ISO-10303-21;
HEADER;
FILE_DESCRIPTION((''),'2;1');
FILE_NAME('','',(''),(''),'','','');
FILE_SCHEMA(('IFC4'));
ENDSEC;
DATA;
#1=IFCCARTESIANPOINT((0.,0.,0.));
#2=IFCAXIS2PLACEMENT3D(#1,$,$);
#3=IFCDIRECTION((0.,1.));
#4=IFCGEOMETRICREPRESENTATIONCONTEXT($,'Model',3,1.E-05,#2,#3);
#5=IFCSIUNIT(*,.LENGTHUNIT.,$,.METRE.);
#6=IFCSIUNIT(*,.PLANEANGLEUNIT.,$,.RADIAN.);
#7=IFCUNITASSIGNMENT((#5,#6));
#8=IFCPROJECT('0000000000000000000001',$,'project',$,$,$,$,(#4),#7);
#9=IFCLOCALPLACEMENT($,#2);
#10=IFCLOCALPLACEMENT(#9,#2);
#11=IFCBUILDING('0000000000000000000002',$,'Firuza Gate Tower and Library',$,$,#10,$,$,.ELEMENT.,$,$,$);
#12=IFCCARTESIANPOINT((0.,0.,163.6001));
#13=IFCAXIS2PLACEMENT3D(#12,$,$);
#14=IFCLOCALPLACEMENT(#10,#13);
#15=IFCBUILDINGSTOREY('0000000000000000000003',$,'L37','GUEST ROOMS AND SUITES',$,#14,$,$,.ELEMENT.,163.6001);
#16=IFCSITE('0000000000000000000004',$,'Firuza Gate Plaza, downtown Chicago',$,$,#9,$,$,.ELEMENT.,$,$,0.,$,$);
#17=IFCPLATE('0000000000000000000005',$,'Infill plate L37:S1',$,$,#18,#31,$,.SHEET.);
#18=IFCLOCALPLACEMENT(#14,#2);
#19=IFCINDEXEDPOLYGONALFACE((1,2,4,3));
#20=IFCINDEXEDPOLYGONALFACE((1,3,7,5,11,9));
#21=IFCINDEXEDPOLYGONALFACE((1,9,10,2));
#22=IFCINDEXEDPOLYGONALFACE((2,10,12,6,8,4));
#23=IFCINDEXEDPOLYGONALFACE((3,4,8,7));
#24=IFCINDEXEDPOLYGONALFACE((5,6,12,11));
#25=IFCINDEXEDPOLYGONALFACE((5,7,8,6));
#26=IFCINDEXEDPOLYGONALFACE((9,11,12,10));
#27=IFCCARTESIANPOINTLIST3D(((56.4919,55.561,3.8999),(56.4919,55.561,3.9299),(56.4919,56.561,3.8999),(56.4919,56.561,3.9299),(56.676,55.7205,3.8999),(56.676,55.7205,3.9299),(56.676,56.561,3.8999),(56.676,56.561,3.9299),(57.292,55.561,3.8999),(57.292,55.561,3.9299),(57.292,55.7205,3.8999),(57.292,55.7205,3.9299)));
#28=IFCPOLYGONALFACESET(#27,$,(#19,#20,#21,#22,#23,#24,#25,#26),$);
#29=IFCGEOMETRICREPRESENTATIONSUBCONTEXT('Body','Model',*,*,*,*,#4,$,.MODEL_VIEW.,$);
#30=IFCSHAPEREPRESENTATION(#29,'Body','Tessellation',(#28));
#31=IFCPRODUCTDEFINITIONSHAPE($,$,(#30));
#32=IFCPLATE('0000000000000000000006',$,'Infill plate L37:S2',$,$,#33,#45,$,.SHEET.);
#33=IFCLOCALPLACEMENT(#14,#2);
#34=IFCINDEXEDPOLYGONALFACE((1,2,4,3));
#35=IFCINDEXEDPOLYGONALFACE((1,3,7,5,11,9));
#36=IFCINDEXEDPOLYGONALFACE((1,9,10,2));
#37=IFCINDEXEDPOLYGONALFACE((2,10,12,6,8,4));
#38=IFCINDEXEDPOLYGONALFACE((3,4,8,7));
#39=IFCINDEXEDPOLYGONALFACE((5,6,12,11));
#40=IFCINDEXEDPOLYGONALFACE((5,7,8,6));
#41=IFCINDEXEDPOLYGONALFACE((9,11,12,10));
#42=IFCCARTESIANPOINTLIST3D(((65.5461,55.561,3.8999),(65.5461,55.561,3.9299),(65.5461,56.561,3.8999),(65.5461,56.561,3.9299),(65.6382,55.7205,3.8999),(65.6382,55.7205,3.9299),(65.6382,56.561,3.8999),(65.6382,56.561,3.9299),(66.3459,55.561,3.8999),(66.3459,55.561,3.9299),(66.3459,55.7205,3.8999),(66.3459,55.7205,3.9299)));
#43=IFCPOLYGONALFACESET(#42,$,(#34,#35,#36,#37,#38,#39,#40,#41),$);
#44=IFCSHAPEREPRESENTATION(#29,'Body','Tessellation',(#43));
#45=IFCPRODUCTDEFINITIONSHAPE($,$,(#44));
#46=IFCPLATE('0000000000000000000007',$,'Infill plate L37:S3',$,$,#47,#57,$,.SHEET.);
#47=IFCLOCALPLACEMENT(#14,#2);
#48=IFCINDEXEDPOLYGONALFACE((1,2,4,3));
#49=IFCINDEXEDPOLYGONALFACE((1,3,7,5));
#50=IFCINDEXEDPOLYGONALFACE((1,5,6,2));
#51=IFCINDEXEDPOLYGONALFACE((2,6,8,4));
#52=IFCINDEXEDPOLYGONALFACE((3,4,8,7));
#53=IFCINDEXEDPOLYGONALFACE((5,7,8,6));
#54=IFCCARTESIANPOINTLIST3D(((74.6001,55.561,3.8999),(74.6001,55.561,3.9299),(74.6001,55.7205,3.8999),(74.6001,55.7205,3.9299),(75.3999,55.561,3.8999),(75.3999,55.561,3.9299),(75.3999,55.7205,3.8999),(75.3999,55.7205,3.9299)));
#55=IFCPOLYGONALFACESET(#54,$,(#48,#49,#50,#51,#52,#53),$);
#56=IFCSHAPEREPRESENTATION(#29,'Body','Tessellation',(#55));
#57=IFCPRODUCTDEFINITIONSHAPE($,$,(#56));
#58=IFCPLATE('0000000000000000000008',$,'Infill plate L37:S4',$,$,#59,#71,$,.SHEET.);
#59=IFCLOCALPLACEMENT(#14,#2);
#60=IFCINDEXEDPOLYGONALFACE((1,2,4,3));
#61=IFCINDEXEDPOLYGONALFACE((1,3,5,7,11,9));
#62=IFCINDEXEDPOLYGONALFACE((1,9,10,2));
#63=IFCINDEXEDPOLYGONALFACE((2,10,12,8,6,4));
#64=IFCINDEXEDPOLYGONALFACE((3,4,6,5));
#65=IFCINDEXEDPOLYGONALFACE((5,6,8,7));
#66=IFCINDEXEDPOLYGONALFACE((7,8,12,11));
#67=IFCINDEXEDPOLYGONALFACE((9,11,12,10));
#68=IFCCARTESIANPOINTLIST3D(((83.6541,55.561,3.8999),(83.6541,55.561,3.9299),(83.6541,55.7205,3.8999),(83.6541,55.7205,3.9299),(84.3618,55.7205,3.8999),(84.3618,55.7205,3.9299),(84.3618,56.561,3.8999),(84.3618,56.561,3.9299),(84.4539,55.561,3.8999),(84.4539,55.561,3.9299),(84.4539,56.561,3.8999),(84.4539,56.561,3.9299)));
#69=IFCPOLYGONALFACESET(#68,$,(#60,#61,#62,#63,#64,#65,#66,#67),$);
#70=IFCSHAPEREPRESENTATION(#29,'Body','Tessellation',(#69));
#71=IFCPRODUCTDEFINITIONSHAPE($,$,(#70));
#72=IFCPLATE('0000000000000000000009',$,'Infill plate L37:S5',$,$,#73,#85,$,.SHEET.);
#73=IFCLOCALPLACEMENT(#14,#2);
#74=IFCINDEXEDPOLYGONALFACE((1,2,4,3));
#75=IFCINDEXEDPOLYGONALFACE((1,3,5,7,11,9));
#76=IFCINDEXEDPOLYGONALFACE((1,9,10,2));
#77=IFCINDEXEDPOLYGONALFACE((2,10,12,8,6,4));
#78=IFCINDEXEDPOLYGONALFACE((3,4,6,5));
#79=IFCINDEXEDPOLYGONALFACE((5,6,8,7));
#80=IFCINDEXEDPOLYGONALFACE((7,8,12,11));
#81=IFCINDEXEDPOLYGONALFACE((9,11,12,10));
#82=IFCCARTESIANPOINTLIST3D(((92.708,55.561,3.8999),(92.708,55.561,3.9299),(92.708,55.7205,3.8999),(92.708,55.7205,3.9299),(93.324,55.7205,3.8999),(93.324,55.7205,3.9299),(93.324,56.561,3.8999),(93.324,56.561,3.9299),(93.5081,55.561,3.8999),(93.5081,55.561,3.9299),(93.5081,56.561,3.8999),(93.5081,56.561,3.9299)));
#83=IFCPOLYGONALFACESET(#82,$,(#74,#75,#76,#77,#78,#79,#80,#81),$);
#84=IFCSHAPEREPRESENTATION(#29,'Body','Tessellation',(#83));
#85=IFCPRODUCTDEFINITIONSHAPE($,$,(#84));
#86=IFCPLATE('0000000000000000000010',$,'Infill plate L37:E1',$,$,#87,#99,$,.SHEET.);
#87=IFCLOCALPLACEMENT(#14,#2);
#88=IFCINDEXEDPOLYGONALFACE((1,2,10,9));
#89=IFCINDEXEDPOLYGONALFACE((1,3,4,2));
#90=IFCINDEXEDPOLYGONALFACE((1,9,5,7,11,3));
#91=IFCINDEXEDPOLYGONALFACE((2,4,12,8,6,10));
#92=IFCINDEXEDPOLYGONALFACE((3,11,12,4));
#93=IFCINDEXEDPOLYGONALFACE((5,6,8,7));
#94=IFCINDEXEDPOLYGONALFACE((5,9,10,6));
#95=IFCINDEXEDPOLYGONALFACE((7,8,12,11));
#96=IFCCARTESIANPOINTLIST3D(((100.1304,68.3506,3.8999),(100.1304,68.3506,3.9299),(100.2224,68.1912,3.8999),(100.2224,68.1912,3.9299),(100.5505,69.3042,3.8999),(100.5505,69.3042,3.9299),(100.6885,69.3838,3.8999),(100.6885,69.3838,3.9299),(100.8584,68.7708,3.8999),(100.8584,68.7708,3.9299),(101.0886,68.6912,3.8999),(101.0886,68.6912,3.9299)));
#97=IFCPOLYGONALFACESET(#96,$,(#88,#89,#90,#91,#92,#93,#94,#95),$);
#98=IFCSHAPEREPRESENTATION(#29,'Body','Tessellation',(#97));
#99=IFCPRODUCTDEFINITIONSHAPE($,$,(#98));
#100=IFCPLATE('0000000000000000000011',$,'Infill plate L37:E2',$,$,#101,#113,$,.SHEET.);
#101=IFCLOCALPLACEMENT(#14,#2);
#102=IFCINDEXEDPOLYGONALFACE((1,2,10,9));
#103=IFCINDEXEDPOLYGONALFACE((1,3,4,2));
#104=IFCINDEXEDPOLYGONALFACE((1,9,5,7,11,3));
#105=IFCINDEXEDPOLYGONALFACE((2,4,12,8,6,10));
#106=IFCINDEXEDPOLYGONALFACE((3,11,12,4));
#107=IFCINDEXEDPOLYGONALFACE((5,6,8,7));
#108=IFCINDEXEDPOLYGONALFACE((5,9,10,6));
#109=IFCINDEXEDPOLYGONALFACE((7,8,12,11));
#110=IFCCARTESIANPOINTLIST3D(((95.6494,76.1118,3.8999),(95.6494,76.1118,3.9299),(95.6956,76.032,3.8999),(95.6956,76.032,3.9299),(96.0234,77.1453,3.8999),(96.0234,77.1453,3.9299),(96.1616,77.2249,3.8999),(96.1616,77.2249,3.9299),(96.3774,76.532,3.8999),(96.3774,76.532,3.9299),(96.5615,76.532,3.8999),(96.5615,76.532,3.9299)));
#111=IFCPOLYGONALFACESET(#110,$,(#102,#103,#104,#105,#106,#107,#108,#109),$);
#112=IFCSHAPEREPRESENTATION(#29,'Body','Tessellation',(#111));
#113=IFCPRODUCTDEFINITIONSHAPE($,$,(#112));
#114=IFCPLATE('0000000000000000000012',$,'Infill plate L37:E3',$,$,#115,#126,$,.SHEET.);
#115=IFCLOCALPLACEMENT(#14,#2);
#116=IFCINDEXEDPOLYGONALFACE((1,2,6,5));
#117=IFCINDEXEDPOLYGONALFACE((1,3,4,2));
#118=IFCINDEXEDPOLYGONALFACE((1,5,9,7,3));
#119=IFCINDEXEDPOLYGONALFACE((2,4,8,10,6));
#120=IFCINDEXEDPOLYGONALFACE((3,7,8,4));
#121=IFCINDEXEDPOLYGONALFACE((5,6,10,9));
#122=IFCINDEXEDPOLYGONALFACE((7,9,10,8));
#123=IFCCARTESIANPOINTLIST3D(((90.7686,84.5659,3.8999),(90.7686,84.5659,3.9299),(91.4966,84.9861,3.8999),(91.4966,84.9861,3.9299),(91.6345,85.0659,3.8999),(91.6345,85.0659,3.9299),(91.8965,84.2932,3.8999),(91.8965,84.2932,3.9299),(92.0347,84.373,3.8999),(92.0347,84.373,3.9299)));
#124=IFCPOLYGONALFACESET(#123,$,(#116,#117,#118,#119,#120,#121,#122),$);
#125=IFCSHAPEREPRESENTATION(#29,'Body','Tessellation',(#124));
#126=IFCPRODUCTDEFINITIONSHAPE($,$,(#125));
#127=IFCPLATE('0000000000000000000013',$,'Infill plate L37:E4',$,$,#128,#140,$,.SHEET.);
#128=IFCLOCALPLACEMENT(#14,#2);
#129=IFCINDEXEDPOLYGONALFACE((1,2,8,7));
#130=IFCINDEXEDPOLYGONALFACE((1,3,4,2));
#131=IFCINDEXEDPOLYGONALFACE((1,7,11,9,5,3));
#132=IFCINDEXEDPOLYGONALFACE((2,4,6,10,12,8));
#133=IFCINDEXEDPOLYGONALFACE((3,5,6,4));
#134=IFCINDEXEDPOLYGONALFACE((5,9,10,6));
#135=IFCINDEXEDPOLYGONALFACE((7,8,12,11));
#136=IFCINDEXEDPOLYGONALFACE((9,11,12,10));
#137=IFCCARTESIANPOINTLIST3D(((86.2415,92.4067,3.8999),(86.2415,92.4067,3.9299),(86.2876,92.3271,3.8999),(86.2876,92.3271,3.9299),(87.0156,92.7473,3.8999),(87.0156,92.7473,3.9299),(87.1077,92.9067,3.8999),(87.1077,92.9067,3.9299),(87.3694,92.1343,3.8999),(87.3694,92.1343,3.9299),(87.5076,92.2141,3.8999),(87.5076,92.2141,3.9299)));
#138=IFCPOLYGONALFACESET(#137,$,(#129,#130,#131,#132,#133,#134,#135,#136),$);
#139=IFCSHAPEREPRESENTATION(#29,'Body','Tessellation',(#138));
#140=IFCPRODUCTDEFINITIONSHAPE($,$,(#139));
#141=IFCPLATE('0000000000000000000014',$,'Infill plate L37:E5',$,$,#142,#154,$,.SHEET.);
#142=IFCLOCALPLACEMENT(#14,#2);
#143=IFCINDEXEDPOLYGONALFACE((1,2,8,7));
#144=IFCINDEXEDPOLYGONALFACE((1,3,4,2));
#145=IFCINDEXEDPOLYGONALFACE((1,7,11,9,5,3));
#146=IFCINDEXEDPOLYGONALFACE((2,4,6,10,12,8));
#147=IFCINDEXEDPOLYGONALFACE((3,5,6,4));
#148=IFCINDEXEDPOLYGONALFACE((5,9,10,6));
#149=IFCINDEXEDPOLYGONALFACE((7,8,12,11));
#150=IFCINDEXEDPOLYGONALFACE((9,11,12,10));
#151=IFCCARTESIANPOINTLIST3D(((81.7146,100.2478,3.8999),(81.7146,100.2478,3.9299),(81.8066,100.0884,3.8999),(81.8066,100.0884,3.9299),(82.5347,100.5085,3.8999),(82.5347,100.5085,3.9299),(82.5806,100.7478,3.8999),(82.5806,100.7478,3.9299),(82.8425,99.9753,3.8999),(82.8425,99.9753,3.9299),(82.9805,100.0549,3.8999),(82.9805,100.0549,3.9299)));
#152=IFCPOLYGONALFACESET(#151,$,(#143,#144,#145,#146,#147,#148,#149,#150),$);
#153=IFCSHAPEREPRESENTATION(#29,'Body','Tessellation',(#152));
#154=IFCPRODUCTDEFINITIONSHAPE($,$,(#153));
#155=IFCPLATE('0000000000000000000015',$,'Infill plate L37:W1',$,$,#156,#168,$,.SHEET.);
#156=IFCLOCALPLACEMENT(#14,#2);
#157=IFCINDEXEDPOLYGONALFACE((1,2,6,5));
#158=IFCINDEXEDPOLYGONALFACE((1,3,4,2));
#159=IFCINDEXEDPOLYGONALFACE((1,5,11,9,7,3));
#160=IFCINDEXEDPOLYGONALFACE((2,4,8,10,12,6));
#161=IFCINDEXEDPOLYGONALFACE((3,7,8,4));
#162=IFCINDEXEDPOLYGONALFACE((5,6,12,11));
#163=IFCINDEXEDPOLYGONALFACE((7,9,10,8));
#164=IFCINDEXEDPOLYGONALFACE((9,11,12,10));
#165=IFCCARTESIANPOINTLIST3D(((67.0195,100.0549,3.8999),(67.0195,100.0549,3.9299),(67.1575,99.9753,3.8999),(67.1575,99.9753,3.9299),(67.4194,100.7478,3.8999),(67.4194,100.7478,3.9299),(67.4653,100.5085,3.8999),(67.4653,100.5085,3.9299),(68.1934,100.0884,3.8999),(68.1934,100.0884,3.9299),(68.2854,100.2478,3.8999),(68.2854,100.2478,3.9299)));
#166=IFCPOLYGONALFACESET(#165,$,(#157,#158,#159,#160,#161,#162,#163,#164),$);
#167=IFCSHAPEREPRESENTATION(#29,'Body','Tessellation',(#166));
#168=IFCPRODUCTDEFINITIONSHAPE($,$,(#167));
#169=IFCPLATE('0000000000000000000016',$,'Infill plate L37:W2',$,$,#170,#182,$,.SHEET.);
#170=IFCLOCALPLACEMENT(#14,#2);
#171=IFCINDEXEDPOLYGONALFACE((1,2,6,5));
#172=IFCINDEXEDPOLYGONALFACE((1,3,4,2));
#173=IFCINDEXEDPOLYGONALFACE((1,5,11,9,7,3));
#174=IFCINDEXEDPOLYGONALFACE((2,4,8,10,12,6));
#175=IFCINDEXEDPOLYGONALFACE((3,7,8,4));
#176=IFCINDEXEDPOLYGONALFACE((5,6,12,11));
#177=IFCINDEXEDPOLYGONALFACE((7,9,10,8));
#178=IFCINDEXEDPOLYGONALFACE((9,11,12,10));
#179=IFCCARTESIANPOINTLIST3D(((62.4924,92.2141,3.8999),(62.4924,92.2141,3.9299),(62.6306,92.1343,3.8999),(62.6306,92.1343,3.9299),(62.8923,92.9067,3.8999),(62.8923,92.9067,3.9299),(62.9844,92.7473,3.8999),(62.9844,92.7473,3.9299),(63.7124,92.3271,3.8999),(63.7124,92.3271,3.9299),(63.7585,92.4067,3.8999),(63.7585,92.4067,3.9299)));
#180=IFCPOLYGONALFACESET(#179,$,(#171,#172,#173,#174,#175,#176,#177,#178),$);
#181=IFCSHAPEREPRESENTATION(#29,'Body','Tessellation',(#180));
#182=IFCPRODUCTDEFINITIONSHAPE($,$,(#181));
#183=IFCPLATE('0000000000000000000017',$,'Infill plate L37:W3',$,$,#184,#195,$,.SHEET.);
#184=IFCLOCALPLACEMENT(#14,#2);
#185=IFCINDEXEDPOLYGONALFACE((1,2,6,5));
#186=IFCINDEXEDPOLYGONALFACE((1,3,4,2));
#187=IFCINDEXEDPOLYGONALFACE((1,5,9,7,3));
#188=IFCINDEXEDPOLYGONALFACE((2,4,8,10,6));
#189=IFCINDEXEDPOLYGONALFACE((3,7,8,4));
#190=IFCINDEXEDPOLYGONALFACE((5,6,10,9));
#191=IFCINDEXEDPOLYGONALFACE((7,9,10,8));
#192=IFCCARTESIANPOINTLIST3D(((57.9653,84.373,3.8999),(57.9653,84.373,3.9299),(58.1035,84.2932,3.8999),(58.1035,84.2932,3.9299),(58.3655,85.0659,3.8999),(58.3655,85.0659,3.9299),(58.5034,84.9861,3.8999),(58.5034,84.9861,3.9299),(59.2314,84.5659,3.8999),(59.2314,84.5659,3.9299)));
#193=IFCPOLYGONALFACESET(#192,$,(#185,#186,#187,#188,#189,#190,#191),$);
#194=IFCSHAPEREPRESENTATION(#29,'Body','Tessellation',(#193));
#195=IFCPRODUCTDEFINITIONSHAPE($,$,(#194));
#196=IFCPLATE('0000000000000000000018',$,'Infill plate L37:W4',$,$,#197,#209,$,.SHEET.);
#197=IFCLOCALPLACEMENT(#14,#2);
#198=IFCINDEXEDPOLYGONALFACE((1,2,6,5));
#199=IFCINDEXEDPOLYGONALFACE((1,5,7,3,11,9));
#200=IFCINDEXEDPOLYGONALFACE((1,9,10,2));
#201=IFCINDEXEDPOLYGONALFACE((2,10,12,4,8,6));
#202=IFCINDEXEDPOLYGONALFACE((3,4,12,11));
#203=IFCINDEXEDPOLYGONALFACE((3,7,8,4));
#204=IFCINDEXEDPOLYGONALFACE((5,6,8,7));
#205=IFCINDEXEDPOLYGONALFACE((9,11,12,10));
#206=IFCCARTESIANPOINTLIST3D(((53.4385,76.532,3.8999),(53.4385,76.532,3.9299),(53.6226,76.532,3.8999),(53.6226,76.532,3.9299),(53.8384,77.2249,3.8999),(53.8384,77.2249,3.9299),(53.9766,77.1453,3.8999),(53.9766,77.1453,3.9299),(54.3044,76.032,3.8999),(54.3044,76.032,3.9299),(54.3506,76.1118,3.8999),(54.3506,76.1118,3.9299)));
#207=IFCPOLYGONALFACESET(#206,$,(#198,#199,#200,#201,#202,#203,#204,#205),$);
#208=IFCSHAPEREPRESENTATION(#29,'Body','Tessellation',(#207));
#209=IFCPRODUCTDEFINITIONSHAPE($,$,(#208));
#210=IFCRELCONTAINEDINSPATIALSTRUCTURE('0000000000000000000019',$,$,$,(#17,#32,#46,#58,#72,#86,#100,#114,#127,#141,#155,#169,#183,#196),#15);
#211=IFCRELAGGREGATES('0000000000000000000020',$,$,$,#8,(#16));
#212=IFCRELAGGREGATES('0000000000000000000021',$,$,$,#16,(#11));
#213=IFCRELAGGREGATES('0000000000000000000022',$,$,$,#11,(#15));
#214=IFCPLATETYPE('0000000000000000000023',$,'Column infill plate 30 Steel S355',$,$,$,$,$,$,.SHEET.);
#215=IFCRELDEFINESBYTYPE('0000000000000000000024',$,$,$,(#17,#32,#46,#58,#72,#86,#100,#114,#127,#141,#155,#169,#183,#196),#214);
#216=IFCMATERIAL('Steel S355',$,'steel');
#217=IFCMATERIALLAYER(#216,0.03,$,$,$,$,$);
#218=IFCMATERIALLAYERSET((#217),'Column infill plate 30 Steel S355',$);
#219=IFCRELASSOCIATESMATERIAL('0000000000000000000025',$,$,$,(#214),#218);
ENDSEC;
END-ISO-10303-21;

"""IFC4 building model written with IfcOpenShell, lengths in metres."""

from ifc_helpers import new_model, si_unit, direction, frame, origin, place, context, subcontext, project, spatial, polyline, outline, extrude, material, layer, layer_set, type_object, element, save


model = new_model("IFC4")

# Units and contexts
model_context = context("Model", 3, precision=1e-05, world=origin(), true_north=direction((0.0, 1.0)))
body_context = subcontext(model_context, "Body", "Model", "MODEL_VIEW")
ifc_project = project(units=[si_unit("LENGTHUNIT", "METRE"), si_unit("PLANEANGLEUNIT", "RADIAN")], contexts=[model_context])

# Site, building, storey
site_placement = place(None, origin())
site = spatial("IfcSite", under=ifc_project, at=site_placement, Name="Firuza Gate Plaza, downtown Chicago", CompositionType="ELEMENT", RefElevation=0.0)
building_placement = place(site_placement, origin())
building = spatial("IfcBuilding", under=site, at=building_placement, Name="Firuza Gate Tower and Library", CompositionType="ELEMENT")
storey_placement = place(building_placement, frame((0.0, 0.0, 163.6001)))
storey = spatial("IfcBuildingStorey", under=building, at=storey_placement, Name="L37", Description="GUEST ROOMS AND SUITES", CompositionType="ELEMENT", Elevation=163.6001)

# Plates
ifc_material_1 = material(Name="Steel S355", Category="steel")
ifc_layer_1 = layer(ifc_material_1, 0.03)
ifc_layer_set_1 = layer_set([ifc_layer_1], Name="Column infill plate 30 Steel S355")
plate_type_1 = type_object("IfcPlateType", Name="Column infill plate 30 Steel S355", PredefinedType="SHEET", material=ifc_layer_set_1)
placement_1 = place(storey_placement, frame((0.0, 0.0, 3.8999)))
element("IfcPlate", 1, at=placement_1, inside=storey, type_object=plate_type_1, Name="Infill plate L37:S1", PredefinedType="SHEET", context=body_context, shape_type="SweptSolid", body=[
    extrude(outline(polyline([(57.292, 55.561), (57.292, 55.7205), (56.676, 55.7205), (56.676, 56.561), (56.4919, 56.561), (56.4919, 55.561), (57.292, 55.561)])), origin(), (0.0, 0.0, 1.0), 0.03),
])
element("IfcPlate", 2, at=placement_1, inside=storey, type_object=plate_type_1, Name="Infill plate L37:S2", PredefinedType="SHEET", context=body_context, shape_type="SweptSolid", body=[
    extrude(outline(polyline([(66.3459, 55.561), (66.3459, 55.7205), (65.6382, 55.7205), (65.6382, 56.561), (65.5461, 56.561), (65.5461, 55.561), (66.3459, 55.561)])), origin(), (0.0, 0.0, 1.0), 0.03),
])
element("IfcPlate", 3, at=placement_1, inside=storey, type_object=plate_type_1, Name="Infill plate L37:S3", PredefinedType="SHEET", context=body_context, shape_type="SweptSolid", body=[
    extrude(outline(polyline([(75.3999, 55.561), (75.3999, 55.7205), (74.6001, 55.7205), (74.6001, 55.561), (75.3999, 55.561)])), origin(), (0.0, 0.0, 1.0), 0.03),
])
element("IfcPlate", 4, at=placement_1, inside=storey, type_object=plate_type_1, Name="Infill plate L37:S4", PredefinedType="SHEET", context=body_context, shape_type="SweptSolid", body=[
    extrude(outline(polyline([(84.4539, 56.561), (84.3618, 56.561), (84.3618, 55.7205), (83.6541, 55.7205), (83.6541, 55.561), (84.4539, 55.561), (84.4539, 56.561)])), origin(), (0.0, 0.0, 1.0), 0.03),
])
element("IfcPlate", 5, at=placement_1, inside=storey, type_object=plate_type_1, Name="Infill plate L37:S5", PredefinedType="SHEET", context=body_context, shape_type="SweptSolid", body=[
    extrude(outline(polyline([(93.5081, 56.561), (93.324, 56.561), (93.324, 55.7205), (92.708, 55.7205), (92.708, 55.561), (93.5081, 55.561), (93.5081, 56.561)])), origin(), (0.0, 0.0, 1.0), 0.03),
])
element("IfcPlate", 6, at=placement_1, inside=storey, type_object=plate_type_1, Name="Infill plate L37:E1", PredefinedType="SHEET", context=body_context, shape_type="SweptSolid", body=[
    extrude(outline(polyline([(100.6885, 69.3838), (100.5505, 69.3042), (100.8584, 68.7708), (100.1304, 68.3506), (100.2224, 68.1912), (101.0886, 68.6912), (100.6885, 69.3838)])), origin(), (0.0, 0.0, 1.0), 0.03),
])
element("IfcPlate", 7, at=placement_1, inside=storey, type_object=plate_type_1, Name="Infill plate L37:E2", PredefinedType="SHEET", context=body_context, shape_type="SweptSolid", body=[
    extrude(outline(polyline([(96.1616, 77.2249), (96.0234, 77.1453), (96.3774, 76.532), (95.6494, 76.1118), (95.6956, 76.032), (96.5615, 76.532), (96.1616, 77.2249)])), origin(), (0.0, 0.0, 1.0), 0.03),
])
element("IfcPlate", 8, at=placement_1, inside=storey, type_object=plate_type_1, Name="Infill plate L37:E3", PredefinedType="SHEET", context=body_context, shape_type="SweptSolid", body=[
    extrude(outline(polyline([(90.7686, 84.5659), (90.7686, 84.5659), (91.4966, 84.9861), (91.8965, 84.2932), (92.0347, 84.373), (91.6345, 85.0659), (90.7686, 84.5659)])), origin(), (0.0, 0.0, 1.0), 0.03),
])
element("IfcPlate", 9, at=placement_1, inside=storey, type_object=plate_type_1, Name="Infill plate L37:E4", PredefinedType="SHEET", context=body_context, shape_type="SweptSolid", body=[
    extrude(outline(polyline([(86.2415, 92.4067), (86.2876, 92.3271), (87.0156, 92.7473), (87.3694, 92.1343), (87.5076, 92.2141), (87.1077, 92.9067), (86.2415, 92.4067)])), origin(), (0.0, 0.0, 1.0), 0.03),
])
element("IfcPlate", 10, at=placement_1, inside=storey, type_object=plate_type_1, Name="Infill plate L37:E5", PredefinedType="SHEET", context=body_context, shape_type="SweptSolid", body=[
    extrude(outline(polyline([(81.7146, 100.2478), (81.8066, 100.0884), (82.5347, 100.5085), (82.8425, 99.9753), (82.9805, 100.0549), (82.5806, 100.7478), (81.7146, 100.2478)])), origin(), (0.0, 0.0, 1.0), 0.03),
])
element("IfcPlate", 11, at=placement_1, inside=storey, type_object=plate_type_1, Name="Infill plate L37:W1", PredefinedType="SHEET", context=body_context, shape_type="SweptSolid", body=[
    extrude(outline(polyline([(67.0195, 100.0549), (67.1575, 99.9753), (67.4653, 100.5085), (68.1934, 100.0884), (68.2854, 100.2478), (67.4194, 100.7478), (67.0195, 100.0549)])), origin(), (0.0, 0.0, 1.0), 0.03),
])
element("IfcPlate", 12, at=placement_1, inside=storey, type_object=plate_type_1, Name="Infill plate L37:W2", PredefinedType="SHEET", context=body_context, shape_type="SweptSolid", body=[
    extrude(outline(polyline([(62.4924, 92.2141), (62.6306, 92.1343), (62.9844, 92.7473), (63.7124, 92.3271), (63.7585, 92.4067), (62.8923, 92.9067), (62.4924, 92.2141)])), origin(), (0.0, 0.0, 1.0), 0.03),
])
element("IfcPlate", 13, at=placement_1, inside=storey, type_object=plate_type_1, Name="Infill plate L37:W3", PredefinedType="SHEET", context=body_context, shape_type="SweptSolid", body=[
    extrude(outline(polyline([(57.9653, 84.373), (58.1035, 84.2932), (58.5034, 84.9861), (59.2314, 84.5659), (59.2314, 84.5659), (58.3655, 85.0659), (57.9653, 84.373)])), origin(), (0.0, 0.0, 1.0), 0.03),
])
element("IfcPlate", 14, at=placement_1, inside=storey, type_object=plate_type_1, Name="Infill plate L37:W4", PredefinedType="SHEET", context=body_context, shape_type="SweptSolid", body=[
    extrude(outline(polyline([(54.3044, 76.032), (54.3506, 76.1118), (53.6226, 76.532), (53.9766, 77.1453), (53.8384, 77.2249), (53.4385, 76.532), (54.3044, 76.032)])), origin(), (0.0, 0.0, 1.0), 0.03),
])

save(model, "model.ifc")
